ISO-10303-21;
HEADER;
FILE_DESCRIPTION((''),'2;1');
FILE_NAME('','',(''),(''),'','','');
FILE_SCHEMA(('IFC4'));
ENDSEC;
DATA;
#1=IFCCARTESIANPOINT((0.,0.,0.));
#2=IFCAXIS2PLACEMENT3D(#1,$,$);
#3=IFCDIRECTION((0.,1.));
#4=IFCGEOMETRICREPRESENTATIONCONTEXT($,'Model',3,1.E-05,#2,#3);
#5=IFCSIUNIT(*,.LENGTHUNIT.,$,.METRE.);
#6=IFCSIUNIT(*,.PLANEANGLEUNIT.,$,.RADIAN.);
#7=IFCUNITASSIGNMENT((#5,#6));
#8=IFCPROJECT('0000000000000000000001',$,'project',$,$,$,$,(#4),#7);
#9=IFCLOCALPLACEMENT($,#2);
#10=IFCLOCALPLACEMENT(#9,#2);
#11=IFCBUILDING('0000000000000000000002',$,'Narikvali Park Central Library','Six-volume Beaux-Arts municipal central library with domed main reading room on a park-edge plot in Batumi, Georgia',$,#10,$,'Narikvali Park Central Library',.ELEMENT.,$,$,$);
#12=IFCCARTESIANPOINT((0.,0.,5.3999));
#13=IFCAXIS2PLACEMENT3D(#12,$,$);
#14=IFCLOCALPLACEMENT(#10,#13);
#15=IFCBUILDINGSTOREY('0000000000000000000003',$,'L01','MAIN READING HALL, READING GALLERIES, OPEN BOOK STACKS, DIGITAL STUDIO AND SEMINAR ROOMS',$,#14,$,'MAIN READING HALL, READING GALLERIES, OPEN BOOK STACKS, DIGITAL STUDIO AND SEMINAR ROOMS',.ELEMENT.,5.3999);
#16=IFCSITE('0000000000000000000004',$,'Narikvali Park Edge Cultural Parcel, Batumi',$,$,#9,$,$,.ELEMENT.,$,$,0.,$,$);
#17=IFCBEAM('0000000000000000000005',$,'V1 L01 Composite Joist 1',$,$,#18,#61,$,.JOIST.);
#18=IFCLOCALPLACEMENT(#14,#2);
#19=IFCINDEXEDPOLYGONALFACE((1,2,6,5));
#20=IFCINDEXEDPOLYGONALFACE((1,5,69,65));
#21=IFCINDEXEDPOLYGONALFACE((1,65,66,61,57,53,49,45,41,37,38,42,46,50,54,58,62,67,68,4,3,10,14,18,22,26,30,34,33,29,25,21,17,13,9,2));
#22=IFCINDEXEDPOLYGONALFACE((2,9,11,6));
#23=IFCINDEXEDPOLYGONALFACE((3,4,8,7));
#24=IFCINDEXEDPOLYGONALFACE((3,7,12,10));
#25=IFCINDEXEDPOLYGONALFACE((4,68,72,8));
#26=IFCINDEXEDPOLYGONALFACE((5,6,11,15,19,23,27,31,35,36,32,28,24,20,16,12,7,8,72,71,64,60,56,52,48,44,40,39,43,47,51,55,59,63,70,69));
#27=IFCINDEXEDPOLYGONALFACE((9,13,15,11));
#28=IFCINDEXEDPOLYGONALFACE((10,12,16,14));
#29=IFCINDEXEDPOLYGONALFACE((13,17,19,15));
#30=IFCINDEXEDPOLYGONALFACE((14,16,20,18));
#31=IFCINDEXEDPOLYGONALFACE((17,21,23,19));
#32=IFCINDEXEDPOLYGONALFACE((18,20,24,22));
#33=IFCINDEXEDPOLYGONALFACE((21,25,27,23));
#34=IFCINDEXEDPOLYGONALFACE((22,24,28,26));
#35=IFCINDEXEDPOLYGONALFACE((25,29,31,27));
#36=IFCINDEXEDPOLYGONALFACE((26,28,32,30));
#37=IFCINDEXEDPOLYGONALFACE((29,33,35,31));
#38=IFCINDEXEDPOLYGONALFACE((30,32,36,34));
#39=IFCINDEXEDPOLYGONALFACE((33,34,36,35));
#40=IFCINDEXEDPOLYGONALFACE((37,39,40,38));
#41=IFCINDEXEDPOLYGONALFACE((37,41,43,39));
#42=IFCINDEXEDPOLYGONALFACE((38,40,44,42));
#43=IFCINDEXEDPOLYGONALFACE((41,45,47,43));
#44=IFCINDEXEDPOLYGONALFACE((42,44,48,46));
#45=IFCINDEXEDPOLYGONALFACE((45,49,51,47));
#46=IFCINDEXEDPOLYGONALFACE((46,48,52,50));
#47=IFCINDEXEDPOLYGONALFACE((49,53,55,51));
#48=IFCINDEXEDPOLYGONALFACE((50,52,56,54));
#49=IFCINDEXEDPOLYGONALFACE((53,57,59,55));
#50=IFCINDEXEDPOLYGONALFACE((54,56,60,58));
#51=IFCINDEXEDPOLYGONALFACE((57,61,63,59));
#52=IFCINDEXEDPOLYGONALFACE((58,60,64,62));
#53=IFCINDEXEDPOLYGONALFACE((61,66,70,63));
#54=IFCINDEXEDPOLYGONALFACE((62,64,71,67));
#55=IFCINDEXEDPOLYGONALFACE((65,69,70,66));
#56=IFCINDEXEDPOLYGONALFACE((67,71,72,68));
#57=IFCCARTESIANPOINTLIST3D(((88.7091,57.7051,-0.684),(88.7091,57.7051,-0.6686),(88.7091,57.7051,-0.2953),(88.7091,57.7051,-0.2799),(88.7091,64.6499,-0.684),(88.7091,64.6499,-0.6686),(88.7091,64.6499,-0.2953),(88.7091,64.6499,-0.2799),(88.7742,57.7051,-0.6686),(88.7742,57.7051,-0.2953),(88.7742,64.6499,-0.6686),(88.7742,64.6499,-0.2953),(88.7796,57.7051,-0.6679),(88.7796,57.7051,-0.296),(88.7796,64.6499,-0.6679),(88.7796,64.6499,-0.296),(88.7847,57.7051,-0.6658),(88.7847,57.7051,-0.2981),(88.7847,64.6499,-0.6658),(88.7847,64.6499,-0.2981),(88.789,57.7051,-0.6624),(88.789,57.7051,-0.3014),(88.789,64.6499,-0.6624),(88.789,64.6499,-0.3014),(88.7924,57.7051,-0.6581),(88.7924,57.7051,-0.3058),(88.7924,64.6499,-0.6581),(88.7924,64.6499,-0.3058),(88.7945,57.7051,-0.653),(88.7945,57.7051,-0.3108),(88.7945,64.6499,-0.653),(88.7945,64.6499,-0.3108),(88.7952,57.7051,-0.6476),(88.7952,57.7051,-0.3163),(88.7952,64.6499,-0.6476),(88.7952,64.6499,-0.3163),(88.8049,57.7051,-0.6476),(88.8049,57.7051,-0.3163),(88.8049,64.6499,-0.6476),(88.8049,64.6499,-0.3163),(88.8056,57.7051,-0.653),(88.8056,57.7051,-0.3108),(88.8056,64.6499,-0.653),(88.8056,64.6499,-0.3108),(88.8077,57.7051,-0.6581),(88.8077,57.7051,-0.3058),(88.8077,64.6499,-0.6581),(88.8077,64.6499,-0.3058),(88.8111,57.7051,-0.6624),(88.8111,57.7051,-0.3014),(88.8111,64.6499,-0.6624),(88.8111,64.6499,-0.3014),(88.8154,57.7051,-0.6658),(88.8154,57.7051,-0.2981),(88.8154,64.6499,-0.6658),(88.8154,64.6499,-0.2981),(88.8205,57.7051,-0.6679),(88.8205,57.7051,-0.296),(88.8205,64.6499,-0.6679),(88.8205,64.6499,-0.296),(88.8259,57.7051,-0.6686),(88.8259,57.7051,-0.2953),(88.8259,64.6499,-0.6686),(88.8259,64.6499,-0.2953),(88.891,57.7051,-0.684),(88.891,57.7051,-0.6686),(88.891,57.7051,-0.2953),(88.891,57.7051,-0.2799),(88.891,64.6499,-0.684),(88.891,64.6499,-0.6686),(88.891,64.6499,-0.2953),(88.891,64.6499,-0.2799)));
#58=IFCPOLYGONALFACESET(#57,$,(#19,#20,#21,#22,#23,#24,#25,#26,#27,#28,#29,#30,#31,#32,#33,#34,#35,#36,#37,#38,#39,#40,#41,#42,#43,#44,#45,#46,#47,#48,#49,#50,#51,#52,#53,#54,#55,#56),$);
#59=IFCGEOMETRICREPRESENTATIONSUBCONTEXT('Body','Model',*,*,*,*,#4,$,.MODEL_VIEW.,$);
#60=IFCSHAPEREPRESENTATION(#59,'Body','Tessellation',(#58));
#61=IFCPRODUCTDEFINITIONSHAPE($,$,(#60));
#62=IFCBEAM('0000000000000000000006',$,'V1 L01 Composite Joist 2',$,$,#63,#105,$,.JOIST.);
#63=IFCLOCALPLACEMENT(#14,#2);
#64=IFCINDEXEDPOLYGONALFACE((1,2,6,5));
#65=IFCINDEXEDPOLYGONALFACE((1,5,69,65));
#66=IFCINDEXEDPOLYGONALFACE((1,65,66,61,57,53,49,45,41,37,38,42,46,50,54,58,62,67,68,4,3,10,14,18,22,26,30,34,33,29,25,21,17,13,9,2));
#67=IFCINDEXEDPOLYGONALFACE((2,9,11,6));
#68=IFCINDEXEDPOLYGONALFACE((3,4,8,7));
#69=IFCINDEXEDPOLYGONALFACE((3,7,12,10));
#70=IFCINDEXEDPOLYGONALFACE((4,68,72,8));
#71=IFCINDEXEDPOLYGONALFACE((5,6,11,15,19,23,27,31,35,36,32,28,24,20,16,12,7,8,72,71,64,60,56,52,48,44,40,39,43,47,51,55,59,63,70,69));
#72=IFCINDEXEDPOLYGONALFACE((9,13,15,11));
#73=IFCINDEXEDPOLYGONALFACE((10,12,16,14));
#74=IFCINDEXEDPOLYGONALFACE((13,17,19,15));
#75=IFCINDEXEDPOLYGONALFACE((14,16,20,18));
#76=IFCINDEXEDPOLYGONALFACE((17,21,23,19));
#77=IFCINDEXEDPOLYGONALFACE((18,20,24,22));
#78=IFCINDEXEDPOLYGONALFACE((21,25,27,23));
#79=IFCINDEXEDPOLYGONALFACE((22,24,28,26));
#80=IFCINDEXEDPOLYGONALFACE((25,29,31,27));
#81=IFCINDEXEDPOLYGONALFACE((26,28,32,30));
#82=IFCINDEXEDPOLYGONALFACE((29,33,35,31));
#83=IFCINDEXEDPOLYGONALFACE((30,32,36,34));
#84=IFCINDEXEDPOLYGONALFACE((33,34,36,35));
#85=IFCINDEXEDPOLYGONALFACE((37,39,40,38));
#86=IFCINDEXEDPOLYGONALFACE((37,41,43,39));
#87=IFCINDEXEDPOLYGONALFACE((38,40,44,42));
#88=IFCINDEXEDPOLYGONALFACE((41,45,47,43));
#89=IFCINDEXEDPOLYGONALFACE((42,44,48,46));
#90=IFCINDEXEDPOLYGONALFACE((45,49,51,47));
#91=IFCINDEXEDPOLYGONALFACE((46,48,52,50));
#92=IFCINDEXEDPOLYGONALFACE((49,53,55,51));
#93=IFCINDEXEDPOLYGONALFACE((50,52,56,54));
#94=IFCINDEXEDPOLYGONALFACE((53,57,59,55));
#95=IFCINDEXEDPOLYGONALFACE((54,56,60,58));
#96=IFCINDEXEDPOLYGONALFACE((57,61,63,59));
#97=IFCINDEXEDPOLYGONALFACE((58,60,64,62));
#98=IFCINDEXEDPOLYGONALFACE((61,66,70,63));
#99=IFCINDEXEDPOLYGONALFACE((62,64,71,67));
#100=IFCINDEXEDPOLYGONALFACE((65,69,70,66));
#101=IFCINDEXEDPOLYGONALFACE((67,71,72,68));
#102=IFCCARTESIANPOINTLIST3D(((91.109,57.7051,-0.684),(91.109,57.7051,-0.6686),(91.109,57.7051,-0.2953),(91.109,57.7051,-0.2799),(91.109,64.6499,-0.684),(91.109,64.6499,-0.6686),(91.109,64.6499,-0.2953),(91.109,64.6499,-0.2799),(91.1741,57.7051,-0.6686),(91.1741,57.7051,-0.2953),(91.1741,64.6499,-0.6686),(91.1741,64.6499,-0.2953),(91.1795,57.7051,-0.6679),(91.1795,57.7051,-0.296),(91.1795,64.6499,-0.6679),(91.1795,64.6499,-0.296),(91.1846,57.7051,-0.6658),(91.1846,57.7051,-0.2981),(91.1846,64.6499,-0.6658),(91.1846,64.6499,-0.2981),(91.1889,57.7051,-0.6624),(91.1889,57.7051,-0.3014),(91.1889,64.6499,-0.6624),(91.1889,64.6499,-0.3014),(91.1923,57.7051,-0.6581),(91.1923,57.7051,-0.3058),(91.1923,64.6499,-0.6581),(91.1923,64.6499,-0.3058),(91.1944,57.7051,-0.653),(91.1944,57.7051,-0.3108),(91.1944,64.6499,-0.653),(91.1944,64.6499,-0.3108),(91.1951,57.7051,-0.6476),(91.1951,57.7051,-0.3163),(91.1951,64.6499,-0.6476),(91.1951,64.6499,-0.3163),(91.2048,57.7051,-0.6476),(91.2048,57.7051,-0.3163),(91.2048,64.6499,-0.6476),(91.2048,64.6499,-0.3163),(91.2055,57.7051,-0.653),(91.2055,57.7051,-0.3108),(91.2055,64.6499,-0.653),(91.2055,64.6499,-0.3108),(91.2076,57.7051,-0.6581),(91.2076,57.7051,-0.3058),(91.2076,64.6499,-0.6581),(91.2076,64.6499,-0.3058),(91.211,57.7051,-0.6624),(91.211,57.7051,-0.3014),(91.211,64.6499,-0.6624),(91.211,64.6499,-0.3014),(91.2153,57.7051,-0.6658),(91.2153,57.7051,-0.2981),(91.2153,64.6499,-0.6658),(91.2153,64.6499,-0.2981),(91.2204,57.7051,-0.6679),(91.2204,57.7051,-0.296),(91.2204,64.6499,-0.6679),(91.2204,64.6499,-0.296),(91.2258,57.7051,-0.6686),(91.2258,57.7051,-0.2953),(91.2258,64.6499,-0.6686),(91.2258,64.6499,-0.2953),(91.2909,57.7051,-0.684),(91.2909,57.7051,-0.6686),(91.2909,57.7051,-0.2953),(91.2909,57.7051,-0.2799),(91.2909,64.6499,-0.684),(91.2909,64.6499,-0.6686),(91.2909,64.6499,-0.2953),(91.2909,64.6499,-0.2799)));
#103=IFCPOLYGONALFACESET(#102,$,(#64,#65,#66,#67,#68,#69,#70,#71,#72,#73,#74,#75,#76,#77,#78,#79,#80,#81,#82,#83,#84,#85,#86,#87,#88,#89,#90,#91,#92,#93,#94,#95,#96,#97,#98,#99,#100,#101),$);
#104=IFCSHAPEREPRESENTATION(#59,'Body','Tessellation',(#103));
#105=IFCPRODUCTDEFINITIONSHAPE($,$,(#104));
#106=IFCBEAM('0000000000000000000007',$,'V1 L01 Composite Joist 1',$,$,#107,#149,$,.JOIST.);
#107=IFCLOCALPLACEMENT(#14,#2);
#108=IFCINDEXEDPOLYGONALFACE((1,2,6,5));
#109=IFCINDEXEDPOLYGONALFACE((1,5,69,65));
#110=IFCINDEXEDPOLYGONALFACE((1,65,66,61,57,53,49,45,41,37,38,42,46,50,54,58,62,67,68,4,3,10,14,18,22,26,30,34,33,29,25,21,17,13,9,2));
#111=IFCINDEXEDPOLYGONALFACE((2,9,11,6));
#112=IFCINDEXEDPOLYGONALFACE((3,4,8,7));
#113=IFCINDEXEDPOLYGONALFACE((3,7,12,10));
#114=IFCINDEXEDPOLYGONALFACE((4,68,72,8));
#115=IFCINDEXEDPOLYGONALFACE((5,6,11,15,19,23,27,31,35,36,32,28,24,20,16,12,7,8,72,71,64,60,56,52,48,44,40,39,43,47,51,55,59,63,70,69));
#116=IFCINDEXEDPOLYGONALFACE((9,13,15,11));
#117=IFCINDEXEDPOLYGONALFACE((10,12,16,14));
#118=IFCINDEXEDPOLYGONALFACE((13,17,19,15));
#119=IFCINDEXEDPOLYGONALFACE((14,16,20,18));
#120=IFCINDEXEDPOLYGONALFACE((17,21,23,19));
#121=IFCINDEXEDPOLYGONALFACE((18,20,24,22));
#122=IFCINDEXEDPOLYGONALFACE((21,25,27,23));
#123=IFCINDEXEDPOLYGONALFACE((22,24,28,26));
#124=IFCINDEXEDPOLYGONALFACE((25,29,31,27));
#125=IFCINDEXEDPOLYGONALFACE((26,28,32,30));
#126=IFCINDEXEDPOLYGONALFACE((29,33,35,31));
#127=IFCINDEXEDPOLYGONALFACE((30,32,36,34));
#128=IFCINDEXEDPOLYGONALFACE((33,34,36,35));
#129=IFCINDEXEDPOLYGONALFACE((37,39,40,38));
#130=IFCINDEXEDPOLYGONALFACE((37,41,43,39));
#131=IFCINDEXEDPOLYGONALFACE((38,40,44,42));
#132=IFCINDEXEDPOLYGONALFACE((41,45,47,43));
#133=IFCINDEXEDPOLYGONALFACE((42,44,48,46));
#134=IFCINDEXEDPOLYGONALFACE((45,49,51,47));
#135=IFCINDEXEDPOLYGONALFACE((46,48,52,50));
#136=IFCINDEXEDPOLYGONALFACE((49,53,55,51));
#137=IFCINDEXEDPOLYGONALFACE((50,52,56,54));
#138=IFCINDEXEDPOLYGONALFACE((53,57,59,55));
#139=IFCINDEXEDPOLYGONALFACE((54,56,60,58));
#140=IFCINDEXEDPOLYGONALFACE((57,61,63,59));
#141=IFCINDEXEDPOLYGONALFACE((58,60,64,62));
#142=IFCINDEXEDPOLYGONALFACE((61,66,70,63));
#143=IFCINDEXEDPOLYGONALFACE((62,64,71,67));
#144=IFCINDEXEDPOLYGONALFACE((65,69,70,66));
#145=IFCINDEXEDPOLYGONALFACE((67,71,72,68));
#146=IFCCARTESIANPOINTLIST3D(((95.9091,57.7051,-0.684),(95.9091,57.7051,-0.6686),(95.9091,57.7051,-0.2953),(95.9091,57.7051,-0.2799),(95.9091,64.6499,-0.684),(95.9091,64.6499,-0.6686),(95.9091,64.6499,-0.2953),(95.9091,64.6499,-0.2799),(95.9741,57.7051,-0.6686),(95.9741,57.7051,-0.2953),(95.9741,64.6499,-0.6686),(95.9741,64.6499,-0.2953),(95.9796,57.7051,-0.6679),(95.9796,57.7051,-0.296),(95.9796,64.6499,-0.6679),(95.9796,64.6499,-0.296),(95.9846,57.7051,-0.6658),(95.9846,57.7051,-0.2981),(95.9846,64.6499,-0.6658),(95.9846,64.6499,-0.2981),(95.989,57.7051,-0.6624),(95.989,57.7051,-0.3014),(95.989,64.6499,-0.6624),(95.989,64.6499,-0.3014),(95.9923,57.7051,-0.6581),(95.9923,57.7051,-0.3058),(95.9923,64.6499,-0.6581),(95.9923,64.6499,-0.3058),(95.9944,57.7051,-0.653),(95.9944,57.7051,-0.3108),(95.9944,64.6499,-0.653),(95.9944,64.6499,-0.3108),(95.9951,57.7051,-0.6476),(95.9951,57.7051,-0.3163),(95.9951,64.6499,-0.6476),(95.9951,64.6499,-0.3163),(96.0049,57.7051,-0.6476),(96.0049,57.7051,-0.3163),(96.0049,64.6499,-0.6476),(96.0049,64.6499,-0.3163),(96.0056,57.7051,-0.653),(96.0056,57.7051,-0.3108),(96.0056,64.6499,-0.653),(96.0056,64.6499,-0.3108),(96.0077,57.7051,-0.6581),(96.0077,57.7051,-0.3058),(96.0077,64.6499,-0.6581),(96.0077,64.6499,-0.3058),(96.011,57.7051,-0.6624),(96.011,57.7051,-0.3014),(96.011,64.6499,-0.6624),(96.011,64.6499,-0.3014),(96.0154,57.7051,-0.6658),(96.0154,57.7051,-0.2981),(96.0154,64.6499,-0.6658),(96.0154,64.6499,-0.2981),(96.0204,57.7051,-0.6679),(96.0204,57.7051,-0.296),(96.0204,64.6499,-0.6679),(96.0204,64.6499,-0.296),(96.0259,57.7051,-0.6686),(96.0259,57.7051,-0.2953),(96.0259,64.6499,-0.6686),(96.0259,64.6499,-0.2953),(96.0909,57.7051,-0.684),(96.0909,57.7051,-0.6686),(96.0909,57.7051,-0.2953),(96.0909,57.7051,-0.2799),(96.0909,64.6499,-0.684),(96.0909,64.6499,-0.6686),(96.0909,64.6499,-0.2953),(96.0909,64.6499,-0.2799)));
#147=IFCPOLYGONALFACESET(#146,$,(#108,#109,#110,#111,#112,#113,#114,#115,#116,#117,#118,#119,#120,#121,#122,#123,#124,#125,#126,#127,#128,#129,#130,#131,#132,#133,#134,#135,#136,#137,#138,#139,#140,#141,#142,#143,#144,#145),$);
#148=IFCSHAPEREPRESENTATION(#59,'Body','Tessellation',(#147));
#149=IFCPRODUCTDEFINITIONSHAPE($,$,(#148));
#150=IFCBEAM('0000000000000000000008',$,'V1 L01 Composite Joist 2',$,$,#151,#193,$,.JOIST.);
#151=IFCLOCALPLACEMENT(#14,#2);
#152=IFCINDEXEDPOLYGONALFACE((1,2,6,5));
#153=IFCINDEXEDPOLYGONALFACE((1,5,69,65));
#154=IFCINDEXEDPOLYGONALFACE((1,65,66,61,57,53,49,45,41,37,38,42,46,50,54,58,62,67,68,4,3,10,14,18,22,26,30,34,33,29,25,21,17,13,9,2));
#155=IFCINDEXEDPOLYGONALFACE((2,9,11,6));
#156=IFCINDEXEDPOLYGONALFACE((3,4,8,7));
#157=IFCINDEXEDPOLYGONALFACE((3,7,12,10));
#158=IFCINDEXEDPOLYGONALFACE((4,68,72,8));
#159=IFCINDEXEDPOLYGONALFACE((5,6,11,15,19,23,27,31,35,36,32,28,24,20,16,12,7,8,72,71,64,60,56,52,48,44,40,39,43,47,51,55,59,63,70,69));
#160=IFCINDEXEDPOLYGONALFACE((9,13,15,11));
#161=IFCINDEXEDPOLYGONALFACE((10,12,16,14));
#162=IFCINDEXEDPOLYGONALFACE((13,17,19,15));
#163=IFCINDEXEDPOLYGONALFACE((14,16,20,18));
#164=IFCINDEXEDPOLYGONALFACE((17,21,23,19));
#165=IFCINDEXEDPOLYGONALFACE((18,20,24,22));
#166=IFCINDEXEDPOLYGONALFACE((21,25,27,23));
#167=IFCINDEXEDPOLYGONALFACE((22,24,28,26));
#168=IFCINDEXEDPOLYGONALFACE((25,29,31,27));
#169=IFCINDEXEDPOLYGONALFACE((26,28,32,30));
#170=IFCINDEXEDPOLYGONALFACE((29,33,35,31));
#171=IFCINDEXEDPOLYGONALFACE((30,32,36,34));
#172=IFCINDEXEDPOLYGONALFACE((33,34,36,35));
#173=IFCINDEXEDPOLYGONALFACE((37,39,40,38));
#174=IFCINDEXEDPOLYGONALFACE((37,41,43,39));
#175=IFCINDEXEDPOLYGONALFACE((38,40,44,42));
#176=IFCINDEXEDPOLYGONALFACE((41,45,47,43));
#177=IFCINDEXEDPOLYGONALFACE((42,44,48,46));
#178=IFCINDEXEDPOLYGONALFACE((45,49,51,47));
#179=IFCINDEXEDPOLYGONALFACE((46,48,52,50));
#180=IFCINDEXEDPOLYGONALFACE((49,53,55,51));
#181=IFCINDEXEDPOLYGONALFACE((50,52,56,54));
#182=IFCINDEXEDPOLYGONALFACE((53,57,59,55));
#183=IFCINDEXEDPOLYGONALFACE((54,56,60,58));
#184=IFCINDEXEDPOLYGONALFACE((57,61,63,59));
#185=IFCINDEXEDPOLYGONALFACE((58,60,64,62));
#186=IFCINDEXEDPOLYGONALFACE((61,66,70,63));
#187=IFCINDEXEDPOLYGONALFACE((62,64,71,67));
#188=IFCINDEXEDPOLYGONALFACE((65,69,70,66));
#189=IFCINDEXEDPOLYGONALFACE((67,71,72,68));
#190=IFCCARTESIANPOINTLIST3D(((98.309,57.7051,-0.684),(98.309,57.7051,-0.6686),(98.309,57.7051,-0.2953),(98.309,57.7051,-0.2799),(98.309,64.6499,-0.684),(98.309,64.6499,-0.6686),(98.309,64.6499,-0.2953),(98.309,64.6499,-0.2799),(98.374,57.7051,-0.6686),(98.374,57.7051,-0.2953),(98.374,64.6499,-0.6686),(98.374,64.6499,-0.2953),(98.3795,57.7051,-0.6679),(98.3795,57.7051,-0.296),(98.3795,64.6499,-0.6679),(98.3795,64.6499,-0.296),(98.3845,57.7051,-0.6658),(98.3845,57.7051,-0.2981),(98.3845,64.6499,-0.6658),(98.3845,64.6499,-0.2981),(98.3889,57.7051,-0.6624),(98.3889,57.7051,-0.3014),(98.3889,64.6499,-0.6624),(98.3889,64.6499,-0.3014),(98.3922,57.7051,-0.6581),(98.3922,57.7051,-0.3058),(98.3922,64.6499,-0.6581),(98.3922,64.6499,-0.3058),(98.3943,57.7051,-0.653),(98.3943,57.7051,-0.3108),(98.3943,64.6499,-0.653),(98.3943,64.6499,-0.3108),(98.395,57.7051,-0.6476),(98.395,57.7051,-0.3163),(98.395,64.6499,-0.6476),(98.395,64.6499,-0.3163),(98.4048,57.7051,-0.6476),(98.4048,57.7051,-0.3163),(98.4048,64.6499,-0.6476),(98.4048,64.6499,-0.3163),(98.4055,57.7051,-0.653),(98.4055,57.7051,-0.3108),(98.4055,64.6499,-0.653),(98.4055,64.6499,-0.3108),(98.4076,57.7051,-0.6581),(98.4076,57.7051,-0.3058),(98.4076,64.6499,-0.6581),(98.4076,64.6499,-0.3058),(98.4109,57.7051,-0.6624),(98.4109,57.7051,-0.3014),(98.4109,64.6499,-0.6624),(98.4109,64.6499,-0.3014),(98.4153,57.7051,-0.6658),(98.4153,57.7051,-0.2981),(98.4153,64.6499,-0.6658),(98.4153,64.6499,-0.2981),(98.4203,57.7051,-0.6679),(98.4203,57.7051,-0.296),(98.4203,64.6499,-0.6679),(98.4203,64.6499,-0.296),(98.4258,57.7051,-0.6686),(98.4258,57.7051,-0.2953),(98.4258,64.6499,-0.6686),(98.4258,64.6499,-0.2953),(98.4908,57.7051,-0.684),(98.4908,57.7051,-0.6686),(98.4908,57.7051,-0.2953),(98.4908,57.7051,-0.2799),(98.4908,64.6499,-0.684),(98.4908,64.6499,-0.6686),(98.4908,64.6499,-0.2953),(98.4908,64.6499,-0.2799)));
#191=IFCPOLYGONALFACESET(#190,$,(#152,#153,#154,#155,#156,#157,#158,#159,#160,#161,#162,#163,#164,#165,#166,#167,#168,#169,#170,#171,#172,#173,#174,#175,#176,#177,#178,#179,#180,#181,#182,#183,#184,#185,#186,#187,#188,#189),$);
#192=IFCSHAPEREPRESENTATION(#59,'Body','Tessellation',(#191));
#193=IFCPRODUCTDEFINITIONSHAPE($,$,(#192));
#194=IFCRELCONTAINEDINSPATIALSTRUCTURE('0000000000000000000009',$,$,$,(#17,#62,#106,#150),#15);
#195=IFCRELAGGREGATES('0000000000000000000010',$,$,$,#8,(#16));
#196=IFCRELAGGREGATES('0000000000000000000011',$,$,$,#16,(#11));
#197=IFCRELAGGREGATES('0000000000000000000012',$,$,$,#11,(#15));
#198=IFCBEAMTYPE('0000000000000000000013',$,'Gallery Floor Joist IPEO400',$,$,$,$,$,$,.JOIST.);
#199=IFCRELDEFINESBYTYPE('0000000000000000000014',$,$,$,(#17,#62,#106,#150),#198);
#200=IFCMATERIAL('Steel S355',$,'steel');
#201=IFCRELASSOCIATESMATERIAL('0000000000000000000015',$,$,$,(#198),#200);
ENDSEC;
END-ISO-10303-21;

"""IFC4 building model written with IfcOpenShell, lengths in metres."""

from ifc_helpers import new_model, si_unit, direction, frame, origin, origin_2d, place, context, subcontext, project, spatial, i_section, extrude, material, material_profile, profile_set, type_object, element, save


model = new_model("IFC4")

# Units and contexts
model_context = context("Model", 3, precision=1e-05, world=origin(), true_north=direction((0.0, 1.0)))
body_context = subcontext(model_context, "Body", "Model", "MODEL_VIEW")
ifc_project = project(units=[si_unit("LENGTHUNIT", "METRE"), si_unit("PLANEANGLEUNIT", "RADIAN")], contexts=[model_context])

# Site, building, storey
site_placement = place(None, origin())
site = spatial("IfcSite", under=ifc_project, at=site_placement, Name="Narikvali Park Edge Cultural Parcel, Batumi", CompositionType="ELEMENT", RefElevation=0.0)
building_placement = place(site_placement, origin())
building = spatial("IfcBuilding", under=site, at=building_placement, Name="Narikvali Park Central Library", Description="Six-volume Beaux-Arts municipal central library with domed main reading room on a park-edge plot in Batumi, Georgia", LongName="Narikvali Park Central Library", CompositionType="ELEMENT")
storey_placement = place(building_placement, frame((0.0, 0.0, 5.3999)))
storey = spatial("IfcBuildingStorey", under=building, at=storey_placement, Name="L01", Description="MAIN READING HALL, READING GALLERIES, OPEN BOOK STACKS, DIGITAL STUDIO AND SEMINAR ROOMS", LongName="MAIN READING HALL, READING GALLERIES, OPEN BOOK STACKS, DIGITAL STUDIO AND SEMINAR ROOMS", CompositionType="ELEMENT", Elevation=5.3999)

# Shared definitions
ifc_material_1 = material(Name="Steel S355", Category="steel")

# Beams
ifc_material_profile_1 = material_profile(ifc_material_1, i_section(OverallWidth=0.1819, OverallDepth=0.4041, WebThickness=0.0098, FlangeThickness=0.0154, FilletRadius=0.021, at=origin_2d()), Name="IPEO 400")
ifc_profile_set_1 = profile_set([ifc_material_profile_1], Name="Steel S355")
beam_type_1 = type_object("IfcBeamType", Name="Gallery Floor Joist IPEO400", PredefinedType="JOIST", material=ifc_profile_set_1)
for number, where, z_axis, x_axis, name in (
    (1, (88.8, 57.7051, -0.4819), (0.0, 1.0, 0.0), (-1.0, 0.0, 0.0), "V1 L01 Composite Joist 1"),
    (2, (91.2, 57.7051, -0.4819), (0.0, 1.0, 0.0), (-1.0, 0.0, 0.0), "V1 L01 Composite Joist 2"),
    (3, (96.0, 57.7051, -0.4819), (0.0, 1.0, 0.0), (-1.0, 0.0, 0.0), "V1 L01 Composite Joist 1"),
    (4, (98.3999, 57.7051, -0.4819), (0.0, 1.0, 0.0), (-1.0, 0.0, 0.0), "V1 L01 Composite Joist 2"),
):
    element("IfcBeam", number, at=place(storey_placement, frame(where, z_axis=z_axis, x_axis=x_axis)), inside=storey, type_object=beam_type_1, Name=name, PredefinedType="JOIST", context=body_context, shape_type="SweptSolid", body=[
        extrude(i_section(OverallWidth=0.1819, OverallDepth=0.4041, WebThickness=0.0098, FlangeThickness=0.0154, FilletRadius=0.021, at=origin_2d()), origin(), (0.0, 0.0, 1.0), 6.9448),
    ])

save(model, "model.ifc")
